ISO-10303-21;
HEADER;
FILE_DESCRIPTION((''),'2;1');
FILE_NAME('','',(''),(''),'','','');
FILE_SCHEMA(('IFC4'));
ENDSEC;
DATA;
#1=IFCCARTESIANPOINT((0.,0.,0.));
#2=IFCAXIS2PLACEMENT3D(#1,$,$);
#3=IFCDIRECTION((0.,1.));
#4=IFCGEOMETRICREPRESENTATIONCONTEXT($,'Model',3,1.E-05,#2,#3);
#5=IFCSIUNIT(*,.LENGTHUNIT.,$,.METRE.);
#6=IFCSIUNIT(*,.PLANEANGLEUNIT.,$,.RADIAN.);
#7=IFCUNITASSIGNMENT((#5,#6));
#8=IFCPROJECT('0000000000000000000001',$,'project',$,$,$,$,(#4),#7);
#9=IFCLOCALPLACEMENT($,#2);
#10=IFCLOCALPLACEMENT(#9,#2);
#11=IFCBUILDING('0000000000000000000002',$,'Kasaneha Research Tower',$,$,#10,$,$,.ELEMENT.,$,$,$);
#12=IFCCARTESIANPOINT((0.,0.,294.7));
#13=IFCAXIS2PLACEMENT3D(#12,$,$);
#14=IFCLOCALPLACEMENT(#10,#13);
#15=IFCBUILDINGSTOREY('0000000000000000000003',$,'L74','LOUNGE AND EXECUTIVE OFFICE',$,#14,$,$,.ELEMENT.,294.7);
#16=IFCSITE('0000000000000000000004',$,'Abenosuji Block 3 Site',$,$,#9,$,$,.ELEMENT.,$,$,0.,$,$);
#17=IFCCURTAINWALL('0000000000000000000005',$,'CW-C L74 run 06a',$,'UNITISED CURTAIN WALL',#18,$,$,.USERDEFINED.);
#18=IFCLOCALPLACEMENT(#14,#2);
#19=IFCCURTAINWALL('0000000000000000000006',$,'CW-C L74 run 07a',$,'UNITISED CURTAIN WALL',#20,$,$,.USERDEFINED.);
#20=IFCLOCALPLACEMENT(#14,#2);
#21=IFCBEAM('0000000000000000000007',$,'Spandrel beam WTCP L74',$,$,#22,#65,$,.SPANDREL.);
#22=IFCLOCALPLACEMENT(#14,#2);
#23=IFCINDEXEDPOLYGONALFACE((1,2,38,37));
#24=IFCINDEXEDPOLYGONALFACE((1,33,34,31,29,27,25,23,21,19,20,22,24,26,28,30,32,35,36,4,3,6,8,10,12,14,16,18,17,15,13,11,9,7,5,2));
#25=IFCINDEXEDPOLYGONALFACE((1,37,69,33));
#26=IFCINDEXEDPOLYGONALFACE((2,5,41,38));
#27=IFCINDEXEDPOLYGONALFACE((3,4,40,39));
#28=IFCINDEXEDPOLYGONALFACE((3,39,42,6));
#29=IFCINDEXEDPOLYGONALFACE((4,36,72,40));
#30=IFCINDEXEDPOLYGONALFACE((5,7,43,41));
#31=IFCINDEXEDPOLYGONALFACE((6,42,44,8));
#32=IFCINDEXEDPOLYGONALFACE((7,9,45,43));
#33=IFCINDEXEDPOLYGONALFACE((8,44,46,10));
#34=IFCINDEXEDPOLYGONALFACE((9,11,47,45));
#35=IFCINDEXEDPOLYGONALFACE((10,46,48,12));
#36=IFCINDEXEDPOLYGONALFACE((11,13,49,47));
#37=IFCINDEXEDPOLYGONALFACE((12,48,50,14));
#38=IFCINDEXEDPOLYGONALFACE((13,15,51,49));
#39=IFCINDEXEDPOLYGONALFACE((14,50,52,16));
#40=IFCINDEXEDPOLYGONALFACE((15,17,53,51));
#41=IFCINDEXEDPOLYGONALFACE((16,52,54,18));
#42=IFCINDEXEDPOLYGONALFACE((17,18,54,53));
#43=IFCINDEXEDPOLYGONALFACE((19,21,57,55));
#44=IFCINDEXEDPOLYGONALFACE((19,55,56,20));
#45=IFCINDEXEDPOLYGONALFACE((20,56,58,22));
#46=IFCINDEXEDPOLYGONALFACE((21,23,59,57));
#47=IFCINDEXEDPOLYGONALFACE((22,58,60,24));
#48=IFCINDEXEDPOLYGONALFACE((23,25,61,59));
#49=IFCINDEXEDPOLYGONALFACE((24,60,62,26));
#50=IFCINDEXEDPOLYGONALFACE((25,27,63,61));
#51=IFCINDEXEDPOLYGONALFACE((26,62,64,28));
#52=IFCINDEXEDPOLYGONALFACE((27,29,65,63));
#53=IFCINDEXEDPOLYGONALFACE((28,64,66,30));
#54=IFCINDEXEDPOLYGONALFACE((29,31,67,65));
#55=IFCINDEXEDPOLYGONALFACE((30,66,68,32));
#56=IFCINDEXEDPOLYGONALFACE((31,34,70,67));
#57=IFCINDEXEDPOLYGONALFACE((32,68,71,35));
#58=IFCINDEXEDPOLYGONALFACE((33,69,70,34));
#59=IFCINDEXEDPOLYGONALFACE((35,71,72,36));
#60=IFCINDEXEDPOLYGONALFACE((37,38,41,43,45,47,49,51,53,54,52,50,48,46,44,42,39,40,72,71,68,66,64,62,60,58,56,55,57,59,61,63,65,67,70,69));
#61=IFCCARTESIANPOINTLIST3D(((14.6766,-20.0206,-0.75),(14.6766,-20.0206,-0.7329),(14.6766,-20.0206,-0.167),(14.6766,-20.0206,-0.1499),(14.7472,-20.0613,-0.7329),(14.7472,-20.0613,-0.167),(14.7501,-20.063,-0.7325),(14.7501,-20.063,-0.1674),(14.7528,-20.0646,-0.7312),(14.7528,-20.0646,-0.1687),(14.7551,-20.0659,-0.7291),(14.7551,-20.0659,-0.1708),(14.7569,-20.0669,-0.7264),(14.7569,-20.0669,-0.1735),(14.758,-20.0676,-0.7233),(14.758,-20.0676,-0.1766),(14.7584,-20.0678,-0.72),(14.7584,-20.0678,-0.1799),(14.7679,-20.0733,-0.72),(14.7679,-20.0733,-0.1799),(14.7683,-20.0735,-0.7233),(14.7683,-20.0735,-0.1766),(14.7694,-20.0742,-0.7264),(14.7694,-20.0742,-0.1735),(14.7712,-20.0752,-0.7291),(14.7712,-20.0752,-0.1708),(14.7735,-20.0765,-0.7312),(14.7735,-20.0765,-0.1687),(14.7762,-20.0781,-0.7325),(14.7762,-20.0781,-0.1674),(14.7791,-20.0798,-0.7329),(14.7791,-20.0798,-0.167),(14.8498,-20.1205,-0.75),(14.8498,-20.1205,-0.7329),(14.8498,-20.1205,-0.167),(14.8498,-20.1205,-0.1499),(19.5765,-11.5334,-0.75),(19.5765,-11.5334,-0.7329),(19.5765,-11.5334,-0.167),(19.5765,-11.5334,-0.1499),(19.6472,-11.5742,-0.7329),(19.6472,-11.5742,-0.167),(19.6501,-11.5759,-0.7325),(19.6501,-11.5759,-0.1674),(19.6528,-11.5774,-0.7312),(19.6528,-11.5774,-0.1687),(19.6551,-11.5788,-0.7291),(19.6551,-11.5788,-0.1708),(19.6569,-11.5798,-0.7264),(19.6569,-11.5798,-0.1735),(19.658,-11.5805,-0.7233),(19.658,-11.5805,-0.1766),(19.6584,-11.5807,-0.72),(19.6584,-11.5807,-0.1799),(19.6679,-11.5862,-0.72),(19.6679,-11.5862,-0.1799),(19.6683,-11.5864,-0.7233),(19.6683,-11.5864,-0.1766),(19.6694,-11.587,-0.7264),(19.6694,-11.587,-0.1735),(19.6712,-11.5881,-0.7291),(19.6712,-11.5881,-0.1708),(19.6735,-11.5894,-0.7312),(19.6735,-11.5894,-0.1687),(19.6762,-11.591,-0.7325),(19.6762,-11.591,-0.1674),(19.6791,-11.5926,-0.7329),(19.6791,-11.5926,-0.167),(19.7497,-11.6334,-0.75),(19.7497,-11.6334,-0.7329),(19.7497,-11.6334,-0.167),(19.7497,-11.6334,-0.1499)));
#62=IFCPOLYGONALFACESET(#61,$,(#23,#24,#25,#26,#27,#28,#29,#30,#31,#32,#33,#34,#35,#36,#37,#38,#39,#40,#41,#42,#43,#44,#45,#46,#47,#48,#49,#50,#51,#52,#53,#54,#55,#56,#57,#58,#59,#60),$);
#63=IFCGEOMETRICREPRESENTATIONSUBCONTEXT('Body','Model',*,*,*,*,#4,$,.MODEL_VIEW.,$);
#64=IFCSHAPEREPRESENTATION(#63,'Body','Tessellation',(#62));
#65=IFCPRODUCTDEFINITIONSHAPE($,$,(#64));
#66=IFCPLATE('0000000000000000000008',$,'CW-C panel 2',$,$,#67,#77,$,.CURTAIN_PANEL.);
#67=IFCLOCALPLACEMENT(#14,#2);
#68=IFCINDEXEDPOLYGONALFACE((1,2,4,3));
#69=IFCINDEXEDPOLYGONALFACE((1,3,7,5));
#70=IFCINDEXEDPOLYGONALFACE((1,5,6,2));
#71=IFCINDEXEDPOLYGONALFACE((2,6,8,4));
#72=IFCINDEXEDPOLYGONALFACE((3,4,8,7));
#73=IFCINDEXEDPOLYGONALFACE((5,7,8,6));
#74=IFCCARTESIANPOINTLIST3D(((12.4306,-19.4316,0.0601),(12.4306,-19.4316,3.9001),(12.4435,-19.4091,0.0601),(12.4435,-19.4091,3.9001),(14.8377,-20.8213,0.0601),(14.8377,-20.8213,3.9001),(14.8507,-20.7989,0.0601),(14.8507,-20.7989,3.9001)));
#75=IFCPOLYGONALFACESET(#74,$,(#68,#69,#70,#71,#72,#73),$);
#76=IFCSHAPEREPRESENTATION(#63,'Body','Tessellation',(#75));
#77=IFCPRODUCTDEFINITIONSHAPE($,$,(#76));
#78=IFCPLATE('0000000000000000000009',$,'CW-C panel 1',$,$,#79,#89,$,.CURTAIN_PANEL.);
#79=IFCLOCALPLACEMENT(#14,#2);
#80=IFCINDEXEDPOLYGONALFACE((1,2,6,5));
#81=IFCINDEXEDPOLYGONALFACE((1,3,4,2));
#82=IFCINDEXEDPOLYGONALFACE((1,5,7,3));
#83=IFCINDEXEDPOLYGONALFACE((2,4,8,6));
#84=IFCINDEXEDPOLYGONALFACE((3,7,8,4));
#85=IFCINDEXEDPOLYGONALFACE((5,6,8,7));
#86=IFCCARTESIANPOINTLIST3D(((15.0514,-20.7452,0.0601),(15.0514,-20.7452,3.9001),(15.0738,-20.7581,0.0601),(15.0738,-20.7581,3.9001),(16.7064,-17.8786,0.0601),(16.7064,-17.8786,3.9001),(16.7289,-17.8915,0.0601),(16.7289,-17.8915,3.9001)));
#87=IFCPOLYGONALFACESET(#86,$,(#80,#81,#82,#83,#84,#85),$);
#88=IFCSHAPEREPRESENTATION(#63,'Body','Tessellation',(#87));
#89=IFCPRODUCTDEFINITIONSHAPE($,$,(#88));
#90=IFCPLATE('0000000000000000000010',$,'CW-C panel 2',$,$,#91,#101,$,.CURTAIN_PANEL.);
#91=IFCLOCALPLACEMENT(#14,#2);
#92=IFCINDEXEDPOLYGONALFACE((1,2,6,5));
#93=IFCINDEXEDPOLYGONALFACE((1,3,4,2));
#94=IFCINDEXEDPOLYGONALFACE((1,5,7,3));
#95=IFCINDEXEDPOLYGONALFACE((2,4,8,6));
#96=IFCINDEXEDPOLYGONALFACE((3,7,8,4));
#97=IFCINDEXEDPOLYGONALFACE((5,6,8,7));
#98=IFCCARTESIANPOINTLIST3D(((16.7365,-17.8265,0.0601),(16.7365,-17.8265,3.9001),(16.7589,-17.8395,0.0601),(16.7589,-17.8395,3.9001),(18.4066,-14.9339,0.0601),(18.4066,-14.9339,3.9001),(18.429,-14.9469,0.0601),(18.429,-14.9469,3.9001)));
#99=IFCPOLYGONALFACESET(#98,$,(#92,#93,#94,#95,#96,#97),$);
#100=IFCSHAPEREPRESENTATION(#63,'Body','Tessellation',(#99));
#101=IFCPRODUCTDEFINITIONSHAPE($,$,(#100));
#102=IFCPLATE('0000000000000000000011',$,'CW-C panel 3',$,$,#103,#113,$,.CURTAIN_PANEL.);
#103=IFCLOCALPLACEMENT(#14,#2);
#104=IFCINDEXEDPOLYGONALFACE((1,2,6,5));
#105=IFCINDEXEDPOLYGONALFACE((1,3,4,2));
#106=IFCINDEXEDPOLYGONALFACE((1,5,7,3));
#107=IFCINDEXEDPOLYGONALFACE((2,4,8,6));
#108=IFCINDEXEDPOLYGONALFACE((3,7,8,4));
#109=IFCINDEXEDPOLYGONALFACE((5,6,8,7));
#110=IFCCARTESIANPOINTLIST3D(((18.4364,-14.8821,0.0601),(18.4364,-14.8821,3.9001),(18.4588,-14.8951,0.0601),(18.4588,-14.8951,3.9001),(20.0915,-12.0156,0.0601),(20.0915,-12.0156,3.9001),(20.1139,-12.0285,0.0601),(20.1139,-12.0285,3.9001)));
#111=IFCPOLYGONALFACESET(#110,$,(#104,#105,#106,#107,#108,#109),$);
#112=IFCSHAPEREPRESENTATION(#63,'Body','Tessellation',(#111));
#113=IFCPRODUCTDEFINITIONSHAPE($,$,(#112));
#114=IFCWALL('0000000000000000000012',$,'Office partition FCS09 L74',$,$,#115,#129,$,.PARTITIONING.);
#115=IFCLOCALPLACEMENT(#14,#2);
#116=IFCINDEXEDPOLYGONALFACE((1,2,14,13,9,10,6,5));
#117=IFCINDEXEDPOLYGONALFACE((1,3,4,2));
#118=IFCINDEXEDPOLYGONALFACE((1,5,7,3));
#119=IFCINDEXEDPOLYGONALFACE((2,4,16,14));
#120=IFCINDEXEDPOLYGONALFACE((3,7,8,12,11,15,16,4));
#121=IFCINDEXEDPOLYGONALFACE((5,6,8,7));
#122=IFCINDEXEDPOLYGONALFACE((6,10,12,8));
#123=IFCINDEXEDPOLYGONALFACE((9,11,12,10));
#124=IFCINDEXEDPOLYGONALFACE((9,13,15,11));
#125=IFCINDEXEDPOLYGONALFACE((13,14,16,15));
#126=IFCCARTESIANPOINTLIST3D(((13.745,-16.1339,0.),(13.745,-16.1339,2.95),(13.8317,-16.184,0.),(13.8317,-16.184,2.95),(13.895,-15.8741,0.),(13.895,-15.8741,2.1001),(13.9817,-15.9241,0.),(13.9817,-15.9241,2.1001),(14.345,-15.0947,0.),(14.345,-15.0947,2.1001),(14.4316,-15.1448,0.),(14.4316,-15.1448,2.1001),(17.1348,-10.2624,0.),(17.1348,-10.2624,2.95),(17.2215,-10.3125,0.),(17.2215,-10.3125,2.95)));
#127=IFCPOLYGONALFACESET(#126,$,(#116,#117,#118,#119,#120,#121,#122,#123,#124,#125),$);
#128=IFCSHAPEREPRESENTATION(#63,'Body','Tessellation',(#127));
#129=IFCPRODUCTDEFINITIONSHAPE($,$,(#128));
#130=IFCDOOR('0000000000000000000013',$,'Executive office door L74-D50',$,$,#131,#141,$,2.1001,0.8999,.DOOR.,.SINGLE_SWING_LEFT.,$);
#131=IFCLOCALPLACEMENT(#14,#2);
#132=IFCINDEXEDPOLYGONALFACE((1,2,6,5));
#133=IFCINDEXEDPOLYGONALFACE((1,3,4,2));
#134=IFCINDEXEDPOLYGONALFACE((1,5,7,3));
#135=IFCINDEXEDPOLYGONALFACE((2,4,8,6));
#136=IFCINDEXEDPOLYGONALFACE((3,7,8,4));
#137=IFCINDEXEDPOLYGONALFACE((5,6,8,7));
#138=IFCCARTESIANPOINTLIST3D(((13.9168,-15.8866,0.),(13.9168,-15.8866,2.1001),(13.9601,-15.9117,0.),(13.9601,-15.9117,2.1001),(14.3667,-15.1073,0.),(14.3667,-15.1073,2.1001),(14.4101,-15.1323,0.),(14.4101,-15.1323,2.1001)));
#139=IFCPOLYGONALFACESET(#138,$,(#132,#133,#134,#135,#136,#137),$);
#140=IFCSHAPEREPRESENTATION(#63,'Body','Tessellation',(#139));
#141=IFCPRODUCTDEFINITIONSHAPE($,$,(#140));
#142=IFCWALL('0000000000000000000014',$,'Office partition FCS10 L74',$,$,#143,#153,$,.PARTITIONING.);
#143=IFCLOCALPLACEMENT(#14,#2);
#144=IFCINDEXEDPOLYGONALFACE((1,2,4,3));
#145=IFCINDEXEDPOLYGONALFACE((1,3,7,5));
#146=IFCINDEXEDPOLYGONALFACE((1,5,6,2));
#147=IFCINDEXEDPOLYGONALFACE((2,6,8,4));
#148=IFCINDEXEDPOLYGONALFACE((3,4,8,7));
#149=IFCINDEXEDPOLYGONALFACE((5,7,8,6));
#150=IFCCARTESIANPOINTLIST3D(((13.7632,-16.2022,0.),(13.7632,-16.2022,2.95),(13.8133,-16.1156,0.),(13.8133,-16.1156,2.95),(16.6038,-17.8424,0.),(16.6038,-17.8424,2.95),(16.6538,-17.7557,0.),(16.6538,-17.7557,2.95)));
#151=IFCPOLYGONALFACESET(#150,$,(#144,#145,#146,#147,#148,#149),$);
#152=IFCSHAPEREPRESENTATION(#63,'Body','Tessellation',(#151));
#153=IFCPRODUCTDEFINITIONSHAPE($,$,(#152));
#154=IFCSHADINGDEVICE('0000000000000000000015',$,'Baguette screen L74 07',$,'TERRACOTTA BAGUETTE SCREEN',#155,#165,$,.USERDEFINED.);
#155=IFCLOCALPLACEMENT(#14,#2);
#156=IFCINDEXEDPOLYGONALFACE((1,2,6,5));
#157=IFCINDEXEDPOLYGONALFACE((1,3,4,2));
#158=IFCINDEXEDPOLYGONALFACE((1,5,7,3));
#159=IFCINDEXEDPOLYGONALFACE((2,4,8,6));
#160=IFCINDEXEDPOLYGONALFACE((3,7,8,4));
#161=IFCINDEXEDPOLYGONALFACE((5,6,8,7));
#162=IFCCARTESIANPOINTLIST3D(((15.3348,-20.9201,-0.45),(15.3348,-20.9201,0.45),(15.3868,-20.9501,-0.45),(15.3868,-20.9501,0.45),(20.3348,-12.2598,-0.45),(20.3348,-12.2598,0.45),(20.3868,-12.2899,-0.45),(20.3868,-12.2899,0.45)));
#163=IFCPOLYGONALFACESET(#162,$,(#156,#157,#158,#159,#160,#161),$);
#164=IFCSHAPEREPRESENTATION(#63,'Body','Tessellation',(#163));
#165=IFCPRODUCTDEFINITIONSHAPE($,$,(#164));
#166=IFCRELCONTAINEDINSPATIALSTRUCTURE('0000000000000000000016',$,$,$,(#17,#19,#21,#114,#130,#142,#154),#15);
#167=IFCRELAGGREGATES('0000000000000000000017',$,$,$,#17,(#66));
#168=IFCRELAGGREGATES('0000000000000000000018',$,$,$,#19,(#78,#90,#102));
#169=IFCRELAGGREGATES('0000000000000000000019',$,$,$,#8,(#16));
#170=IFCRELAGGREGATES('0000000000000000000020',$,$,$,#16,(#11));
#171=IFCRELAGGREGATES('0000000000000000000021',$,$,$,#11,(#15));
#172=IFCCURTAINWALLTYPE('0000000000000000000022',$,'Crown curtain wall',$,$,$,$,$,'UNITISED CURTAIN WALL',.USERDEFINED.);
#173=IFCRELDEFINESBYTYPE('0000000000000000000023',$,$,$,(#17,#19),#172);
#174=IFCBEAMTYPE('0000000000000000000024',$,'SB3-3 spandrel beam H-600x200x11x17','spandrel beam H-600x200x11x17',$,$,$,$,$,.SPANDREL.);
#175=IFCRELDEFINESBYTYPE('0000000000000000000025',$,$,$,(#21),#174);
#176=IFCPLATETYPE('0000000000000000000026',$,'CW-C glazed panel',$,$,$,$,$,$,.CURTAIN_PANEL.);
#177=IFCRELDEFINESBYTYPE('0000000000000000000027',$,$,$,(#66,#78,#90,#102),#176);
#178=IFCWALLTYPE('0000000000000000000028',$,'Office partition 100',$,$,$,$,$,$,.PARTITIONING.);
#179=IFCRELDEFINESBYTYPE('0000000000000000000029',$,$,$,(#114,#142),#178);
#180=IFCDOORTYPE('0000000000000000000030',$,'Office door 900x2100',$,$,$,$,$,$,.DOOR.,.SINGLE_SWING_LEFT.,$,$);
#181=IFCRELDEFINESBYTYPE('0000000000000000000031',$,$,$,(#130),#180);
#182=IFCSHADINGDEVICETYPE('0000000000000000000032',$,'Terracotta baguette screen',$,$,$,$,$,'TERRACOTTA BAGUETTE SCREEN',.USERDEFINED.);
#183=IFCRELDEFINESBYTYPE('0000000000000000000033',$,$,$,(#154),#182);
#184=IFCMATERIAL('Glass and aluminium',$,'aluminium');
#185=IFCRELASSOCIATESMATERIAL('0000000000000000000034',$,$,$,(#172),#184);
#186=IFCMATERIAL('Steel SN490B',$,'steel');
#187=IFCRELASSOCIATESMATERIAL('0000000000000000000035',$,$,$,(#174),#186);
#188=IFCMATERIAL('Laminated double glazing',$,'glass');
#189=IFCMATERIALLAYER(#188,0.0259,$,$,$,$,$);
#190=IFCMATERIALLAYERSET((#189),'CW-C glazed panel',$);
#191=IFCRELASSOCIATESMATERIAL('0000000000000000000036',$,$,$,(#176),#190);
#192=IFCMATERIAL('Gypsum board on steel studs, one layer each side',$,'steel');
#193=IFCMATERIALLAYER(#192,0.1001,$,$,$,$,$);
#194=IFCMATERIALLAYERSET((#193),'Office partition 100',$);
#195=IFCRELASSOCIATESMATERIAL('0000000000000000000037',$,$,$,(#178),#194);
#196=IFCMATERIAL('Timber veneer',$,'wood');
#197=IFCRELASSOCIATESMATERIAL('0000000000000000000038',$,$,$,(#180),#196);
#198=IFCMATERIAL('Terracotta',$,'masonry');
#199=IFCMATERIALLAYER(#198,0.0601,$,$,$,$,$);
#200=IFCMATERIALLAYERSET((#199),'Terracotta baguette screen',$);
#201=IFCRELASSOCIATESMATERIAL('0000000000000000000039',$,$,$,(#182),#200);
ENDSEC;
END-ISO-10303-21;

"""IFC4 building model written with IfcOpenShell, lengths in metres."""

from ifc_helpers import new_model, si_unit, direction, frame, frame_2d, origin, origin_2d, place, context, subcontext, project, spatial, rectangle, i_section, extrude, material, layer, layer_set, material_profile, profile_set, type_object, element, fill, aggregate, save


model = new_model("IFC4")

# Units and contexts
model_context = context("Model", 3, precision=1e-05, world=origin(), true_north=direction((0.0, 1.0)))
body_context = subcontext(model_context, "Body", "Model", "MODEL_VIEW")
ifc_project = project(units=[si_unit("LENGTHUNIT", "METRE"), si_unit("PLANEANGLEUNIT", "RADIAN")], contexts=[model_context])

# Site, building, storey
site_placement = place(None, origin())
site = spatial("IfcSite", under=ifc_project, at=site_placement, Name="Abenosuji Block 3 Site", CompositionType="ELEMENT", RefElevation=0.0)
building_placement = place(site_placement, origin())
building = spatial("IfcBuilding", under=site, at=building_placement, Name="Kasaneha Research Tower", CompositionType="ELEMENT")
storey_placement = place(building_placement, frame((0.0, 0.0, 294.7)))
storey = spatial("IfcBuildingStorey", under=building, at=storey_placement, Name="L74", Description="LOUNGE AND EXECUTIVE OFFICE", CompositionType="ELEMENT", Elevation=294.7)

# Curtain wall
ifc_material_1 = material(Name="Glass and aluminium", Category="aluminium")
curtain_wall_type = type_object("IfcCurtainWallType", Name="Crown curtain wall", ElementType="UNITISED CURTAIN WALL", PredefinedType="USERDEFINED", material=ifc_material_1)
curtain_wall_1_placement = place(storey_placement, origin())
curtain_wall_1 = element("IfcCurtainWall", 1, at=curtain_wall_1_placement, inside=storey, type_object=curtain_wall_type, Name="CW-C L74 run 06a", ObjectType="UNITISED CURTAIN WALL", PredefinedType="USERDEFINED")

# Curtain wall
curtain_wall_2_placement = place(storey_placement, origin())
curtain_wall_2 = element("IfcCurtainWall", 2, at=curtain_wall_2_placement, inside=storey, type_object=curtain_wall_type, Name="CW-C L74 run 07a", ObjectType="UNITISED CURTAIN WALL", PredefinedType="USERDEFINED")

# Beam
ifc_material_2 = material(Name="Steel SN490B", Category="steel")
ifc_material_profile_1 = material_profile(ifc_material_2, i_section(OverallWidth=0.2, OverallDepth=0.6001, WebThickness=0.011, FlangeThickness=0.0171, FilletRadius=0.0129, at=origin_2d()), Name="H-600x200x11x17")
ifc_profile_set_1 = profile_set([ifc_material_profile_1], Name="Steel SN490B")
beam_type = type_object("IfcBeamType", Name="SB3-3 spandrel beam H-600x200x11x17", Description="spandrel beam H-600x200x11x17", PredefinedType="SPANDREL", material=ifc_profile_set_1)
beam_placement = place(storey_placement, frame((14.7632, -20.0706, -0.45), z_axis=(0.499992, 0.86603, 0.0), x_axis=(-0.86603, 0.499992, 0.0)))
element("IfcBeam", 3, at=beam_placement, inside=storey, type_object=beam_type, Name="Spandrel beam WTCP L74", PredefinedType="SPANDREL", context=body_context, shape_type="SweptSolid", body=[
    extrude(i_section(OverallWidth=0.2, OverallDepth=0.6001, WebThickness=0.011, FlangeThickness=0.0171, FilletRadius=0.0129, at=origin_2d()), origin(), (0.0, 0.0, 1.0), 9.8),
])

# Plates
ifc_material_3 = material(Name="Laminated double glazing", Category="glass")
ifc_layer_1 = layer(ifc_material_3, 0.0259)
ifc_layer_set_1 = layer_set([ifc_layer_1], Name="CW-C glazed panel")
plate_type = type_object("IfcPlateType", Name="CW-C glazed panel", PredefinedType="CURTAIN_PANEL", material=ifc_layer_set_1)
plate_1_placement = place(storey_placement, frame((13.6406, -20.1152, 0.0601), z_axis=(0.0, 0.0, 1.0), x_axis=(0.866025, -0.5, 0.0)))
plate_1 = element("IfcPlate", 4, at=plate_1_placement, type_object=plate_type, Name="CW-C panel 2", PredefinedType="CURTAIN_PANEL", context=body_context, shape_type="SweptSolid", body=[
    extrude(rectangle(XDim=2.7795, YDim=0.0259, at=origin_2d()), origin(), (0.0, 0.0, 1.0), 3.8401),
])
aggregate(curtain_wall_1, [plate_1])
plate_2_placement = place(storey_placement, frame((15.8901, -19.3184, 0.0601), z_axis=(0.0, 0.0, 1.0), x_axis=(0.5, 0.866025, 0.0)))
plate_2 = element("IfcPlate", 5, at=plate_2_placement, type_object=plate_type, Name="CW-C panel 1", PredefinedType="CURTAIN_PANEL", context=body_context, shape_type="SweptSolid", body=[
    extrude(rectangle(XDim=3.3101, YDim=0.0259, at=origin_2d()), origin(), (0.0, 0.0, 1.0), 3.8401),
])
plate_3_placement = place(storey_placement, frame((17.5828, -16.3867, 0.0601), z_axis=(0.0, 0.0, 1.0), x_axis=(0.5, 0.866025, 0.0)))
plate_3 = element("IfcPlate", 6, at=plate_3_placement, type_object=plate_type, Name="CW-C panel 2", PredefinedType="CURTAIN_PANEL", context=body_context, shape_type="SweptSolid", body=[
    extrude(rectangle(XDim=3.3401, YDim=0.0259, at=origin_2d()), origin(), (0.0, 0.0, 1.0), 3.8401),
])
plate_4_placement = place(storey_placement, frame((19.2751, -13.4553, 0.0601), z_axis=(0.0, 0.0, 1.0), x_axis=(0.5, 0.866025, 0.0)))
plate_4 = element("IfcPlate", 7, at=plate_4_placement, type_object=plate_type, Name="CW-C panel 3", PredefinedType="CURTAIN_PANEL", context=body_context, shape_type="SweptSolid", body=[
    extrude(rectangle(XDim=3.3101, YDim=0.0259, at=origin_2d()), origin(), (0.0, 0.0, 1.0), 3.8401),
])
aggregate(curtain_wall_2, [plate_2, plate_3, plate_4])

# Wall, opening, door
ifc_material_4 = material(Name="Gypsum board on steel studs, one layer each side", Category="steel")
ifc_layer_2 = layer(ifc_material_4, 0.1001)
ifc_layer_set_2 = layer_set([ifc_layer_2], Name="Office partition 100")
wall_type = type_object("IfcWallType", Name="Office partition 100", PredefinedType="PARTITIONING", material=ifc_layer_set_2)
wall_1_placement = place(storey_placement, frame((13.7883, -16.1589, 0.0), z_axis=(0.0, 0.0, 1.0), x_axis=(0.499993, 0.86603, 0.0)))
wall_1 = element("IfcWall", 8, at=wall_1_placement, inside=storey, type_object=wall_type, Name="Office partition FCS09 L74", PredefinedType="PARTITIONING", context=body_context, shape_type="SweptSolid", body=[
    extrude(rectangle(XDim=6.7798, YDim=0.1001, at=frame_2d((3.3899, 0.0))), origin(), (0.0, 0.0, 1.0), 2.95),
])
opening_placement = place(wall_1_placement, frame((0.3, 0.0, 0.0)))
opening = element("IfcOpeningElement", 9, at=opening_placement, cuts=wall_1, PredefinedType="OPENING", context=body_context, shape_type="SweptSolid", body=[
    extrude(rectangle(XDim=0.8999, YDim=2.1001, at=frame_2d((0.45, 1.05))), frame((0.0, 0.0601, 0.0), z_axis=(0.0, -1.0, 0.0), x_axis=(1.0, 0.0, 0.0)), (0.0, 0.0, 1.0), 0.1201),
])
ifc_material_5 = material(Name="Timber veneer", Category="wood")
door_type = type_object("IfcDoorType", Name="Office door 900x2100", OperationType="SINGLE_SWING_LEFT", PredefinedType="DOOR", material=ifc_material_5)
door_placement = place(opening_placement, origin())
door = element("IfcDoor", 10, at=door_placement, inside=storey, type_object=door_type, Name="Executive office door L74-D50", OperationType="SINGLE_SWING_LEFT", OverallHeight=2.1001, OverallWidth=0.8999, PredefinedType="DOOR", context=body_context, shape_type="SweptSolid", body=[
    extrude(rectangle(XDim=0.8999, YDim=2.1001, at=frame_2d((0.45, 1.05))), frame((0.0, 0.0249, 0.0), z_axis=(0.0, -1.0, 0.0), x_axis=(1.0, 0.0, 0.0)), (0.0, 0.0, 1.0), 0.05),
])
fill(opening, door)

# Wall
wall_2_placement = place(storey_placement, frame((16.6289, -17.7991, 0.0), z_axis=(0.0, 0.0, 1.0), x_axis=(-0.866008, 0.50003, 0.0)))
element("IfcWall", 11, at=wall_2_placement, inside=storey, type_object=wall_type, Name="Office partition FCS10 L74", PredefinedType="PARTITIONING", context=body_context, shape_type="SweptSolid", body=[
    extrude(rectangle(XDim=3.28, YDim=0.1001, at=frame_2d((1.6401, 0.0))), origin(), (0.0, 0.0, 1.0), 2.95),
])

# Shading device
ifc_material_6 = material(Name="Terracotta", Category="masonry")
ifc_layer_3 = layer(ifc_material_6, 0.0601)
ifc_layer_set_3 = layer_set([ifc_layer_3], Name="Terracotta baguette screen")
shading_device_type = type_object("IfcShadingDeviceType", Name="Terracotta baguette screen", ElementType="TERRACOTTA BAGUETTE SCREEN", PredefinedType="USERDEFINED", material=ifc_layer_set_3)
shading_device_placement = place(storey_placement, frame((17.8608, -16.605, -0.45), z_axis=(0.0, 0.0, 1.0), x_axis=(0.5, 0.866025, 0.0)))
element("IfcShadingDevice", 12, at=shading_device_placement, inside=storey, type_object=shading_device_type, Name="Baguette screen L74 07", ObjectType="TERRACOTTA BAGUETTE SCREEN", PredefinedType="USERDEFINED", context=body_context, shape_type="SweptSolid", body=[
    extrude(rectangle(XDim=10.0, YDim=0.0601, at=origin_2d()), origin(), (0.0, 0.0, 1.0), 0.8999),
])

save(model, "model.ifc")
